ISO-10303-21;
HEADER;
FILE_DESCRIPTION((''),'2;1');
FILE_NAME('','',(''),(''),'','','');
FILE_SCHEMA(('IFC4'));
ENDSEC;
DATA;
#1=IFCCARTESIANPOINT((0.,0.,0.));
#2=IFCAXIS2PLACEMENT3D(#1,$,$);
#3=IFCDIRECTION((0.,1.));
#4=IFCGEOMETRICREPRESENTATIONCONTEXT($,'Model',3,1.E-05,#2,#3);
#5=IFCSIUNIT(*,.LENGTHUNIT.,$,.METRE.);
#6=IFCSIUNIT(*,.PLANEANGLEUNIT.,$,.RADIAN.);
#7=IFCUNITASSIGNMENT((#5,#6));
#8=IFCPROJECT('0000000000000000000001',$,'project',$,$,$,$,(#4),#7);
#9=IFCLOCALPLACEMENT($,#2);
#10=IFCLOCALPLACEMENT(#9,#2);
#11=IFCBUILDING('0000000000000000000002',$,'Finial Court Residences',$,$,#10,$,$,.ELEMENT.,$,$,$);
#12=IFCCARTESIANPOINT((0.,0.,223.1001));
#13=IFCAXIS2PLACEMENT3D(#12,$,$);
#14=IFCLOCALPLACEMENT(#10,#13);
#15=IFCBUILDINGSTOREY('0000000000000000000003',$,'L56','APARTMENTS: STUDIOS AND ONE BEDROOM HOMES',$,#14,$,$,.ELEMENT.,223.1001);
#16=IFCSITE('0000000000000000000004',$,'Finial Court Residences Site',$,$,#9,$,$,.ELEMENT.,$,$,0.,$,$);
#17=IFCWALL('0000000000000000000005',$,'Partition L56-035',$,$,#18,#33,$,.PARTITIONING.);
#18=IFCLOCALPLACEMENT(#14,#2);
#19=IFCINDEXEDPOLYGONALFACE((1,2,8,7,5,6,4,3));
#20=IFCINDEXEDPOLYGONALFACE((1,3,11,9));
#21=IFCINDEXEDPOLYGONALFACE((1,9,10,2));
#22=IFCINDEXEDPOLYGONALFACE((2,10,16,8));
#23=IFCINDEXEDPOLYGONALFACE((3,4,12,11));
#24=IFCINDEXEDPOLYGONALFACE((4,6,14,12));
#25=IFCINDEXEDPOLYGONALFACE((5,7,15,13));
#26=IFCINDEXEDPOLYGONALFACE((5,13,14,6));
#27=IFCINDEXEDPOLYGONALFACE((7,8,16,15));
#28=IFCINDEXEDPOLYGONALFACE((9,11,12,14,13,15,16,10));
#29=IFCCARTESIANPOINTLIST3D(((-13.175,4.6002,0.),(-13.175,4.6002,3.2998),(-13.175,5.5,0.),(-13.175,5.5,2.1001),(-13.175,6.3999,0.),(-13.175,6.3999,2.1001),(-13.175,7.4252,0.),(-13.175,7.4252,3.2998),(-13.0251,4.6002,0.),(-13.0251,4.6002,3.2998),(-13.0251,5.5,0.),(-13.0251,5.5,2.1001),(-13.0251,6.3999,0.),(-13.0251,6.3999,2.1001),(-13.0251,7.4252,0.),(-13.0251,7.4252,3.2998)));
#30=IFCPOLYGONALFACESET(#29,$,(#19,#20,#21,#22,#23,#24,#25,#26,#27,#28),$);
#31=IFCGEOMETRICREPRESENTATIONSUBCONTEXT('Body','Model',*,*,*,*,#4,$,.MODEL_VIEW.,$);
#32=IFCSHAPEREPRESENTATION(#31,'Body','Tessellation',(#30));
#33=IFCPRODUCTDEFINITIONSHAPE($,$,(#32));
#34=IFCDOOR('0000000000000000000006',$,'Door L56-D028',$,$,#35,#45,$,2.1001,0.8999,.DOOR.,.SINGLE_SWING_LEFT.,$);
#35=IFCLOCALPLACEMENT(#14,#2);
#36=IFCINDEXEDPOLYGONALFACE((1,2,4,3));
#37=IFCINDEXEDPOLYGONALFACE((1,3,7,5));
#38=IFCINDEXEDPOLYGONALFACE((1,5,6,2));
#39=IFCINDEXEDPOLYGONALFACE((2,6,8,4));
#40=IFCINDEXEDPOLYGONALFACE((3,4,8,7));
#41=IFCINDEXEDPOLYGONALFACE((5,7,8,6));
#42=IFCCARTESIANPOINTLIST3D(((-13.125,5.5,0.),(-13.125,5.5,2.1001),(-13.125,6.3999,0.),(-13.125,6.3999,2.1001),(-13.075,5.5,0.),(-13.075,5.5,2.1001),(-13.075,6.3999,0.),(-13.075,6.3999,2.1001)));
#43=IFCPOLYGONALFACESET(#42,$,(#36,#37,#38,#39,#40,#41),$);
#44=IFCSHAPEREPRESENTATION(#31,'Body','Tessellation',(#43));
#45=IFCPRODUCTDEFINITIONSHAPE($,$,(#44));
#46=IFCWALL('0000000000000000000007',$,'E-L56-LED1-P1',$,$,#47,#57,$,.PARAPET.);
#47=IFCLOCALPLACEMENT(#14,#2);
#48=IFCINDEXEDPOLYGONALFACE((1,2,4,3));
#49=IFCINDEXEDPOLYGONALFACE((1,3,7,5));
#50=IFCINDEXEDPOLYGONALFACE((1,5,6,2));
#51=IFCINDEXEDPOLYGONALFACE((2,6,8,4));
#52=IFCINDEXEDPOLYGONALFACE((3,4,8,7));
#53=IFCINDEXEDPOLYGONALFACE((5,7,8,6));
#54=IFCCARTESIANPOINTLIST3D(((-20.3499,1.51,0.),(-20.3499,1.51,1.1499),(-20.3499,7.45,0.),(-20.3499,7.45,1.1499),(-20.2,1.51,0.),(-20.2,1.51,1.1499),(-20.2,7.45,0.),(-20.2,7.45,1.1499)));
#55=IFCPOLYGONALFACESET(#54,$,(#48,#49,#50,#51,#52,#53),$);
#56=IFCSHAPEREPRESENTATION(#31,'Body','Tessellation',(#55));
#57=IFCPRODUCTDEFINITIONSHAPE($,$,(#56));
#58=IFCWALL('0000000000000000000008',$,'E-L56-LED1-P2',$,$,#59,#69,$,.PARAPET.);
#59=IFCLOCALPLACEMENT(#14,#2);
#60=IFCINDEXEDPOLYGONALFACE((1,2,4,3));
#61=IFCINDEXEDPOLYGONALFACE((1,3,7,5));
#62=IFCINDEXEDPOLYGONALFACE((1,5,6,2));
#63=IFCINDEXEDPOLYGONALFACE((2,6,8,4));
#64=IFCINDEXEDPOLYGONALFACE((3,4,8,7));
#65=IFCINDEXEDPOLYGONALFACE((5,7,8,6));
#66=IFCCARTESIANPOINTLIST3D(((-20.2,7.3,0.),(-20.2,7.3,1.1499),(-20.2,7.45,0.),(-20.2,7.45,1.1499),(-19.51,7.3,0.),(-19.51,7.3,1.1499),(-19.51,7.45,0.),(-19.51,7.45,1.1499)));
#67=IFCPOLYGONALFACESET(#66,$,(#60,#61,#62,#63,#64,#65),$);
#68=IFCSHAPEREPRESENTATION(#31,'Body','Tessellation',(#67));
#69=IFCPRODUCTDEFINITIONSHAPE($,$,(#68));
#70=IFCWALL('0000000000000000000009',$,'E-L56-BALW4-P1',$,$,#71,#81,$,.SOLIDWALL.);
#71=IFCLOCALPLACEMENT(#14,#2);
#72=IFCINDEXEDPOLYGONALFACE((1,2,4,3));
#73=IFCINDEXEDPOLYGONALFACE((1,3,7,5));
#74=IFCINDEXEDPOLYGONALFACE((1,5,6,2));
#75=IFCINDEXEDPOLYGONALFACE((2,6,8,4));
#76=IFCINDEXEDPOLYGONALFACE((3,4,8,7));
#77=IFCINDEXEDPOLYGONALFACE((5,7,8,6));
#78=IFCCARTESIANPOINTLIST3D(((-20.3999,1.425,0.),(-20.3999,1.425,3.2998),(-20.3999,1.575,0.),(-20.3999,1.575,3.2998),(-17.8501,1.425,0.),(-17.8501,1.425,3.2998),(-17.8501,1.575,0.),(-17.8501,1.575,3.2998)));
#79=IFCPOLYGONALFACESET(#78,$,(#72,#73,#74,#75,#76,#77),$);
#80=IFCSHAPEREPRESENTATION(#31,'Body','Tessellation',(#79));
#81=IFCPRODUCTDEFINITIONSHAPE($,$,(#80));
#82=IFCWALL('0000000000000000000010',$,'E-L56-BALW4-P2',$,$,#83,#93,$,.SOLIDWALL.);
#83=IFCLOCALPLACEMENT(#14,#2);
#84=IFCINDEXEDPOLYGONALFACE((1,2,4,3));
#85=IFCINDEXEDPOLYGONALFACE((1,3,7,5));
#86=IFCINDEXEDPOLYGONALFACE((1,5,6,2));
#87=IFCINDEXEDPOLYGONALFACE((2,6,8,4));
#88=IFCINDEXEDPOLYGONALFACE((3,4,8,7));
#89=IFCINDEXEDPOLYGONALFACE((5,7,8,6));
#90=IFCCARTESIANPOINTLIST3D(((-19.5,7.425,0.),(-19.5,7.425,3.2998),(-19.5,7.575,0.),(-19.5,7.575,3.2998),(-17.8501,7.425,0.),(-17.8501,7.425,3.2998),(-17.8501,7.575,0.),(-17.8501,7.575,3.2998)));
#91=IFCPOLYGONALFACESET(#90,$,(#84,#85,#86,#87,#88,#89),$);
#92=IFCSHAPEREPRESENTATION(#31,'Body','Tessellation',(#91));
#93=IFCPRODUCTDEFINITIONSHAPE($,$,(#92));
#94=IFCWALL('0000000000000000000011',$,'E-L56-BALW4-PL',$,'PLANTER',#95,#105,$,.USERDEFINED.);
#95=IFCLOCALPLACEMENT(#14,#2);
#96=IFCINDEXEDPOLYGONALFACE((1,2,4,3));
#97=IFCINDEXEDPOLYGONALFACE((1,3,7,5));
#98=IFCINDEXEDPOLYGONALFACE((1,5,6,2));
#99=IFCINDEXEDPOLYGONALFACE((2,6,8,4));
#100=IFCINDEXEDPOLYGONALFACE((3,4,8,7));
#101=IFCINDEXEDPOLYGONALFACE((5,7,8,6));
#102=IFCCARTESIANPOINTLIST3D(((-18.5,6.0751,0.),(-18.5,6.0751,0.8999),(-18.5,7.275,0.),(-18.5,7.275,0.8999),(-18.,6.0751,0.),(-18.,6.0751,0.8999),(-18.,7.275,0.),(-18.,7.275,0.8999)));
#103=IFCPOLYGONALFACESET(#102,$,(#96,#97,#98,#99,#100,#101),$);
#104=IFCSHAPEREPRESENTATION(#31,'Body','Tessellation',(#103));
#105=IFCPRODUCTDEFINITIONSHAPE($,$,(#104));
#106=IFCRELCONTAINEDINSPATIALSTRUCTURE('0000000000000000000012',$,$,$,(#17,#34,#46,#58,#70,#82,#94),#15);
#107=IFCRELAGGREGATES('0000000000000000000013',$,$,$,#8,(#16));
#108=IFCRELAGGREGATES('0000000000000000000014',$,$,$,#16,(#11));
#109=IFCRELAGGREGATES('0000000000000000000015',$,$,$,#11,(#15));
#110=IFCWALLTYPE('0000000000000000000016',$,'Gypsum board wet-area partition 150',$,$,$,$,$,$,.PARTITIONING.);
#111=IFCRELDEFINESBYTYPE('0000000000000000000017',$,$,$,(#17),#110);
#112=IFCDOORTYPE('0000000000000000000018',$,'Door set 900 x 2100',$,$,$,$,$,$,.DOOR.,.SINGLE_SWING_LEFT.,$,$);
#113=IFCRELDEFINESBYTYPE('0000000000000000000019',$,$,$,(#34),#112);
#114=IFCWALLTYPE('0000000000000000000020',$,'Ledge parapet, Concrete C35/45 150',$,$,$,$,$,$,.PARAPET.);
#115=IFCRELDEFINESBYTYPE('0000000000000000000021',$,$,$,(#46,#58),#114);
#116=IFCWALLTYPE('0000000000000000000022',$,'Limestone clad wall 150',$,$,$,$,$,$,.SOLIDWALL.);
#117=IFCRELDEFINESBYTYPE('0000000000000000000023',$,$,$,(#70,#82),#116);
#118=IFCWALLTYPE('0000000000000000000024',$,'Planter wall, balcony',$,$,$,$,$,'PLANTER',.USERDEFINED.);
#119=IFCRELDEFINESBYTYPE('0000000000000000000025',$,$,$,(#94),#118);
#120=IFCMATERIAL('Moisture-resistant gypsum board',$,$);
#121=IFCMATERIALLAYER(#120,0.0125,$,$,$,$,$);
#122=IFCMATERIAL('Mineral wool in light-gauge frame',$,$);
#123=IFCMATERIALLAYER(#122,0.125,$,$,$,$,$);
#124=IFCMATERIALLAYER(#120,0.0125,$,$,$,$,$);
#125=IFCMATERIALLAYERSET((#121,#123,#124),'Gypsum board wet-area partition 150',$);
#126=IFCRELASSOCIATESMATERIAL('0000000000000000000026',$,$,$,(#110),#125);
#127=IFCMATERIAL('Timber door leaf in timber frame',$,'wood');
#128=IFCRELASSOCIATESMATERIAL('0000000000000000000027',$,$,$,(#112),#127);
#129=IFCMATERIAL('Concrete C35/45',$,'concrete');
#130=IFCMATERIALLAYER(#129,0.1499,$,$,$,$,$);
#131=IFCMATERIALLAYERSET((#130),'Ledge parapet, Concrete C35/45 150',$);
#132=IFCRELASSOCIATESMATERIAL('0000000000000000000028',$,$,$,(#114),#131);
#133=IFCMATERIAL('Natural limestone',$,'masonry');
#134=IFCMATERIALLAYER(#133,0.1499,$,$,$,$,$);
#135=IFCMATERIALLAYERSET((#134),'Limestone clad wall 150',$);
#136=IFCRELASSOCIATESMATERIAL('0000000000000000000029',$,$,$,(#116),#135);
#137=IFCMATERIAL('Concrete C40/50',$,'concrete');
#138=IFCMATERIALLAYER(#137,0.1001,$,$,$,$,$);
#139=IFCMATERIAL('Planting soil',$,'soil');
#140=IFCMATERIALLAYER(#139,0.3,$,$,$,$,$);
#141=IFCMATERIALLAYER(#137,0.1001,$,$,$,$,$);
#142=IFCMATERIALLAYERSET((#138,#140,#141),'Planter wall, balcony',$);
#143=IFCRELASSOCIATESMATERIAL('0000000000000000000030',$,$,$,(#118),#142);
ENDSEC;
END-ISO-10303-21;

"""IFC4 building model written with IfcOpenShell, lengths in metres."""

from ifc_helpers import new_model, si_unit, direction, frame, frame_2d, origin, place, context, subcontext, project, spatial, rectangle, extrude, material, layer, layer_set, type_object, element, fill, save


model = new_model("IFC4")

# Units and contexts
model_context = context("Model", 3, precision=1e-05, world=origin(), true_north=direction((0.0, 1.0)))
body_context = subcontext(model_context, "Body", "Model", "MODEL_VIEW")
ifc_project = project(units=[si_unit("LENGTHUNIT", "METRE"), si_unit("PLANEANGLEUNIT", "RADIAN")], contexts=[model_context])

# Site, building, storey
site_placement = place(None, origin())
site = spatial("IfcSite", under=ifc_project, at=site_placement, Name="Finial Court Residences Site", CompositionType="ELEMENT", RefElevation=0.0)
building_placement = place(site_placement, origin())
building = spatial("IfcBuilding", under=site, at=building_placement, Name="Finial Court Residences", CompositionType="ELEMENT")
storey_placement = place(building_placement, frame((0.0, 0.0, 223.1001)))
storey = spatial("IfcBuildingStorey", under=building, at=storey_placement, Name="L56", Description="APARTMENTS: STUDIOS AND ONE BEDROOM HOMES", CompositionType="ELEMENT", Elevation=223.1001)

# Shared definitions
ifc_material_1 = material(Name="Moisture-resistant gypsum board")
ifc_layer_1 = layer(ifc_material_1, 0.0125)
ifc_material_2 = material(Name="Mineral wool in light-gauge frame")
ifc_layer_2 = layer(ifc_material_2, 0.125)
ifc_layer_3 = layer(ifc_material_1, 0.0125)
ifc_layer_set_1 = layer_set([ifc_layer_1, ifc_layer_2, ifc_layer_3], Name="Gypsum board wet-area partition 150")
wall_type_1 = type_object("IfcWallType", Name="Gypsum board wet-area partition 150", PredefinedType="PARTITIONING", material=ifc_layer_set_1)

# Wall, opening, door
ifc_material_3 = material(Name="Timber door leaf in timber frame", Category="wood")
door_type_1 = type_object("IfcDoorType", Name="Door set 900 x 2100", OperationType="SINGLE_SWING_LEFT", PredefinedType="DOOR", material=ifc_material_3)
wall_1_placement = place(storey_placement, frame((-13.1001, 4.6001, 0.0), z_axis=(0.0, 0.0, 1.0), x_axis=(0.0, 1.0, 0.0)))
wall_1 = element("IfcWall", 1, at=wall_1_placement, inside=storey, type_object=wall_type_1, Name="Partition L56-035", PredefinedType="PARTITIONING", context=body_context, shape_type="SweptSolid", body=[
    extrude(rectangle(XDim=2.825, YDim=0.1499, at=frame_2d((1.4126, 0.0))), origin(), (0.0, 0.0, 1.0), 3.2998),
])
opening_1_placement = place(wall_1_placement, frame((0.8999, 0.0, 0.0)))
opening_1 = element("IfcOpeningElement", 2, at=opening_1_placement, cuts=wall_1, PredefinedType="OPENING", context=body_context, shape_type="SweptSolid", body=[
    extrude(rectangle(XDim=0.8999, YDim=2.1001, at=frame_2d((0.45, 1.05))), frame((0.0, 0.085, 0.0), z_axis=(0.0, -1.0, 0.0), x_axis=(1.0, 0.0, 0.0)), (0.0, 0.0, 1.0), 0.1699),
])
door_1_placement = place(opening_1_placement, origin())
door_1 = element("IfcDoor", 3, at=door_1_placement, inside=storey, type_object=door_type_1, Name="Door L56-D028", OperationType="SINGLE_SWING_LEFT", OverallHeight=2.1001, OverallWidth=0.8999, PredefinedType="DOOR", context=body_context, shape_type="SweptSolid", body=[
    extrude(rectangle(XDim=0.8999, YDim=2.1001, at=frame_2d((0.45, 1.05))), frame((0.0, 0.0249, 0.0), z_axis=(0.0, -1.0, 0.0), x_axis=(1.0, 0.0, 0.0)), (0.0, 0.0, 1.0), 0.05),
])
fill(opening_1, door_1)

# Walls
ifc_material_4 = material(Name="Concrete C35/45", Category="concrete")
ifc_layer_4 = layer(ifc_material_4, 0.1499)
ifc_layer_set_2 = layer_set([ifc_layer_4], Name="Ledge parapet, Concrete C35/45 150")
wall_type_2 = type_object("IfcWallType", Name="Ledge parapet, Concrete C35/45 150", PredefinedType="PARAPET", material=ifc_layer_set_2)
wall_2_placement = place(storey_placement, frame((-20.2749, 1.51, 0.0), z_axis=(0.0, 0.0, 1.0), x_axis=(0.0, 1.0, 0.0)))
element("IfcWall", 4, at=wall_2_placement, inside=storey, type_object=wall_type_2, Name="E-L56-LED1-P1", PredefinedType="PARAPET", context=body_context, shape_type="SweptSolid", body=[
    extrude(rectangle(XDim=5.9399, YDim=0.1499, at=frame_2d((2.97, 0.0))), origin(), (0.0, 0.0, 1.0), 1.1499),
])
wall_3_placement = place(storey_placement, frame((-20.2, 7.375, 0.0), z_axis=(0.0, 0.0, 1.0), x_axis=(1.0, 0.0, 0.0)))
element("IfcWall", 5, at=wall_3_placement, inside=storey, type_object=wall_type_2, Name="E-L56-LED1-P2", PredefinedType="PARAPET", context=body_context, shape_type="SweptSolid", body=[
    extrude(rectangle(XDim=0.6899, YDim=0.1499, at=frame_2d((0.345, 0.0))), origin(), (0.0, 0.0, 1.0), 1.1499),
])
ifc_material_5 = material(Name="Natural limestone", Category="masonry")
ifc_layer_5 = layer(ifc_material_5, 0.1499)
ifc_layer_set_3 = layer_set([ifc_layer_5], Name="Limestone clad wall 150")
wall_type_3 = type_object("IfcWallType", Name="Limestone clad wall 150", PredefinedType="SOLIDWALL", material=ifc_layer_set_3)
wall_4_placement = place(storey_placement, frame((-17.8501, 1.5, 0.0), z_axis=(0.0, 0.0, 1.0), x_axis=(-1.0, 0.0, 0.0)))
element("IfcWall", 6, at=wall_4_placement, inside=storey, type_object=wall_type_3, Name="E-L56-BALW4-P1", PredefinedType="SOLIDWALL", context=body_context, shape_type="SweptSolid", body=[
    extrude(rectangle(XDim=2.5498, YDim=0.1499, at=frame_2d((1.2749, 0.0))), origin(), (0.0, 0.0, 1.0), 3.2998),
])
wall_5_placement = place(storey_placement, frame((-17.8501, 7.5, 0.0), z_axis=(0.0, 0.0, 1.0), x_axis=(-1.0, 0.0, 0.0)))
element("IfcWall", 7, at=wall_5_placement, inside=storey, type_object=wall_type_3, Name="E-L56-BALW4-P2", PredefinedType="SOLIDWALL", context=body_context, shape_type="SweptSolid", body=[
    extrude(rectangle(XDim=1.6499, YDim=0.1499, at=frame_2d((0.825, 0.0))), origin(), (0.0, 0.0, 1.0), 3.2998),
])

# Wall
ifc_material_6 = material(Name="Concrete C40/50", Category="concrete")
ifc_layer_6 = layer(ifc_material_6, 0.1001)
ifc_material_7 = material(Name="Planting soil", Category="soil")
ifc_layer_7 = layer(ifc_material_7, 0.3)
ifc_layer_8 = layer(ifc_material_6, 0.1001)
ifc_layer_set_4 = layer_set([ifc_layer_6, ifc_layer_7, ifc_layer_8], Name="Planter wall, balcony")
wall_type_4 = type_object("IfcWallType", Name="Planter wall, balcony", ElementType="PLANTER", PredefinedType="USERDEFINED", material=ifc_layer_set_4)
wall_6_placement = place(storey_placement, frame((-18.25, 6.075, 0.0), z_axis=(0.0, 0.0, 1.0), x_axis=(0.0, 1.0, 0.0)))
element("IfcWall", 8, at=wall_6_placement, inside=storey, type_object=wall_type_4, Name="E-L56-BALW4-PL", ObjectType="PLANTER", PredefinedType="USERDEFINED", context=body_context, shape_type="SweptSolid", body=[
    extrude(rectangle(XDim=1.2, YDim=0.5, at=frame_2d((0.6001, 0.0))), origin(), (0.0, 0.0, 1.0), 0.8999),
])

save(model, "model.ifc")
